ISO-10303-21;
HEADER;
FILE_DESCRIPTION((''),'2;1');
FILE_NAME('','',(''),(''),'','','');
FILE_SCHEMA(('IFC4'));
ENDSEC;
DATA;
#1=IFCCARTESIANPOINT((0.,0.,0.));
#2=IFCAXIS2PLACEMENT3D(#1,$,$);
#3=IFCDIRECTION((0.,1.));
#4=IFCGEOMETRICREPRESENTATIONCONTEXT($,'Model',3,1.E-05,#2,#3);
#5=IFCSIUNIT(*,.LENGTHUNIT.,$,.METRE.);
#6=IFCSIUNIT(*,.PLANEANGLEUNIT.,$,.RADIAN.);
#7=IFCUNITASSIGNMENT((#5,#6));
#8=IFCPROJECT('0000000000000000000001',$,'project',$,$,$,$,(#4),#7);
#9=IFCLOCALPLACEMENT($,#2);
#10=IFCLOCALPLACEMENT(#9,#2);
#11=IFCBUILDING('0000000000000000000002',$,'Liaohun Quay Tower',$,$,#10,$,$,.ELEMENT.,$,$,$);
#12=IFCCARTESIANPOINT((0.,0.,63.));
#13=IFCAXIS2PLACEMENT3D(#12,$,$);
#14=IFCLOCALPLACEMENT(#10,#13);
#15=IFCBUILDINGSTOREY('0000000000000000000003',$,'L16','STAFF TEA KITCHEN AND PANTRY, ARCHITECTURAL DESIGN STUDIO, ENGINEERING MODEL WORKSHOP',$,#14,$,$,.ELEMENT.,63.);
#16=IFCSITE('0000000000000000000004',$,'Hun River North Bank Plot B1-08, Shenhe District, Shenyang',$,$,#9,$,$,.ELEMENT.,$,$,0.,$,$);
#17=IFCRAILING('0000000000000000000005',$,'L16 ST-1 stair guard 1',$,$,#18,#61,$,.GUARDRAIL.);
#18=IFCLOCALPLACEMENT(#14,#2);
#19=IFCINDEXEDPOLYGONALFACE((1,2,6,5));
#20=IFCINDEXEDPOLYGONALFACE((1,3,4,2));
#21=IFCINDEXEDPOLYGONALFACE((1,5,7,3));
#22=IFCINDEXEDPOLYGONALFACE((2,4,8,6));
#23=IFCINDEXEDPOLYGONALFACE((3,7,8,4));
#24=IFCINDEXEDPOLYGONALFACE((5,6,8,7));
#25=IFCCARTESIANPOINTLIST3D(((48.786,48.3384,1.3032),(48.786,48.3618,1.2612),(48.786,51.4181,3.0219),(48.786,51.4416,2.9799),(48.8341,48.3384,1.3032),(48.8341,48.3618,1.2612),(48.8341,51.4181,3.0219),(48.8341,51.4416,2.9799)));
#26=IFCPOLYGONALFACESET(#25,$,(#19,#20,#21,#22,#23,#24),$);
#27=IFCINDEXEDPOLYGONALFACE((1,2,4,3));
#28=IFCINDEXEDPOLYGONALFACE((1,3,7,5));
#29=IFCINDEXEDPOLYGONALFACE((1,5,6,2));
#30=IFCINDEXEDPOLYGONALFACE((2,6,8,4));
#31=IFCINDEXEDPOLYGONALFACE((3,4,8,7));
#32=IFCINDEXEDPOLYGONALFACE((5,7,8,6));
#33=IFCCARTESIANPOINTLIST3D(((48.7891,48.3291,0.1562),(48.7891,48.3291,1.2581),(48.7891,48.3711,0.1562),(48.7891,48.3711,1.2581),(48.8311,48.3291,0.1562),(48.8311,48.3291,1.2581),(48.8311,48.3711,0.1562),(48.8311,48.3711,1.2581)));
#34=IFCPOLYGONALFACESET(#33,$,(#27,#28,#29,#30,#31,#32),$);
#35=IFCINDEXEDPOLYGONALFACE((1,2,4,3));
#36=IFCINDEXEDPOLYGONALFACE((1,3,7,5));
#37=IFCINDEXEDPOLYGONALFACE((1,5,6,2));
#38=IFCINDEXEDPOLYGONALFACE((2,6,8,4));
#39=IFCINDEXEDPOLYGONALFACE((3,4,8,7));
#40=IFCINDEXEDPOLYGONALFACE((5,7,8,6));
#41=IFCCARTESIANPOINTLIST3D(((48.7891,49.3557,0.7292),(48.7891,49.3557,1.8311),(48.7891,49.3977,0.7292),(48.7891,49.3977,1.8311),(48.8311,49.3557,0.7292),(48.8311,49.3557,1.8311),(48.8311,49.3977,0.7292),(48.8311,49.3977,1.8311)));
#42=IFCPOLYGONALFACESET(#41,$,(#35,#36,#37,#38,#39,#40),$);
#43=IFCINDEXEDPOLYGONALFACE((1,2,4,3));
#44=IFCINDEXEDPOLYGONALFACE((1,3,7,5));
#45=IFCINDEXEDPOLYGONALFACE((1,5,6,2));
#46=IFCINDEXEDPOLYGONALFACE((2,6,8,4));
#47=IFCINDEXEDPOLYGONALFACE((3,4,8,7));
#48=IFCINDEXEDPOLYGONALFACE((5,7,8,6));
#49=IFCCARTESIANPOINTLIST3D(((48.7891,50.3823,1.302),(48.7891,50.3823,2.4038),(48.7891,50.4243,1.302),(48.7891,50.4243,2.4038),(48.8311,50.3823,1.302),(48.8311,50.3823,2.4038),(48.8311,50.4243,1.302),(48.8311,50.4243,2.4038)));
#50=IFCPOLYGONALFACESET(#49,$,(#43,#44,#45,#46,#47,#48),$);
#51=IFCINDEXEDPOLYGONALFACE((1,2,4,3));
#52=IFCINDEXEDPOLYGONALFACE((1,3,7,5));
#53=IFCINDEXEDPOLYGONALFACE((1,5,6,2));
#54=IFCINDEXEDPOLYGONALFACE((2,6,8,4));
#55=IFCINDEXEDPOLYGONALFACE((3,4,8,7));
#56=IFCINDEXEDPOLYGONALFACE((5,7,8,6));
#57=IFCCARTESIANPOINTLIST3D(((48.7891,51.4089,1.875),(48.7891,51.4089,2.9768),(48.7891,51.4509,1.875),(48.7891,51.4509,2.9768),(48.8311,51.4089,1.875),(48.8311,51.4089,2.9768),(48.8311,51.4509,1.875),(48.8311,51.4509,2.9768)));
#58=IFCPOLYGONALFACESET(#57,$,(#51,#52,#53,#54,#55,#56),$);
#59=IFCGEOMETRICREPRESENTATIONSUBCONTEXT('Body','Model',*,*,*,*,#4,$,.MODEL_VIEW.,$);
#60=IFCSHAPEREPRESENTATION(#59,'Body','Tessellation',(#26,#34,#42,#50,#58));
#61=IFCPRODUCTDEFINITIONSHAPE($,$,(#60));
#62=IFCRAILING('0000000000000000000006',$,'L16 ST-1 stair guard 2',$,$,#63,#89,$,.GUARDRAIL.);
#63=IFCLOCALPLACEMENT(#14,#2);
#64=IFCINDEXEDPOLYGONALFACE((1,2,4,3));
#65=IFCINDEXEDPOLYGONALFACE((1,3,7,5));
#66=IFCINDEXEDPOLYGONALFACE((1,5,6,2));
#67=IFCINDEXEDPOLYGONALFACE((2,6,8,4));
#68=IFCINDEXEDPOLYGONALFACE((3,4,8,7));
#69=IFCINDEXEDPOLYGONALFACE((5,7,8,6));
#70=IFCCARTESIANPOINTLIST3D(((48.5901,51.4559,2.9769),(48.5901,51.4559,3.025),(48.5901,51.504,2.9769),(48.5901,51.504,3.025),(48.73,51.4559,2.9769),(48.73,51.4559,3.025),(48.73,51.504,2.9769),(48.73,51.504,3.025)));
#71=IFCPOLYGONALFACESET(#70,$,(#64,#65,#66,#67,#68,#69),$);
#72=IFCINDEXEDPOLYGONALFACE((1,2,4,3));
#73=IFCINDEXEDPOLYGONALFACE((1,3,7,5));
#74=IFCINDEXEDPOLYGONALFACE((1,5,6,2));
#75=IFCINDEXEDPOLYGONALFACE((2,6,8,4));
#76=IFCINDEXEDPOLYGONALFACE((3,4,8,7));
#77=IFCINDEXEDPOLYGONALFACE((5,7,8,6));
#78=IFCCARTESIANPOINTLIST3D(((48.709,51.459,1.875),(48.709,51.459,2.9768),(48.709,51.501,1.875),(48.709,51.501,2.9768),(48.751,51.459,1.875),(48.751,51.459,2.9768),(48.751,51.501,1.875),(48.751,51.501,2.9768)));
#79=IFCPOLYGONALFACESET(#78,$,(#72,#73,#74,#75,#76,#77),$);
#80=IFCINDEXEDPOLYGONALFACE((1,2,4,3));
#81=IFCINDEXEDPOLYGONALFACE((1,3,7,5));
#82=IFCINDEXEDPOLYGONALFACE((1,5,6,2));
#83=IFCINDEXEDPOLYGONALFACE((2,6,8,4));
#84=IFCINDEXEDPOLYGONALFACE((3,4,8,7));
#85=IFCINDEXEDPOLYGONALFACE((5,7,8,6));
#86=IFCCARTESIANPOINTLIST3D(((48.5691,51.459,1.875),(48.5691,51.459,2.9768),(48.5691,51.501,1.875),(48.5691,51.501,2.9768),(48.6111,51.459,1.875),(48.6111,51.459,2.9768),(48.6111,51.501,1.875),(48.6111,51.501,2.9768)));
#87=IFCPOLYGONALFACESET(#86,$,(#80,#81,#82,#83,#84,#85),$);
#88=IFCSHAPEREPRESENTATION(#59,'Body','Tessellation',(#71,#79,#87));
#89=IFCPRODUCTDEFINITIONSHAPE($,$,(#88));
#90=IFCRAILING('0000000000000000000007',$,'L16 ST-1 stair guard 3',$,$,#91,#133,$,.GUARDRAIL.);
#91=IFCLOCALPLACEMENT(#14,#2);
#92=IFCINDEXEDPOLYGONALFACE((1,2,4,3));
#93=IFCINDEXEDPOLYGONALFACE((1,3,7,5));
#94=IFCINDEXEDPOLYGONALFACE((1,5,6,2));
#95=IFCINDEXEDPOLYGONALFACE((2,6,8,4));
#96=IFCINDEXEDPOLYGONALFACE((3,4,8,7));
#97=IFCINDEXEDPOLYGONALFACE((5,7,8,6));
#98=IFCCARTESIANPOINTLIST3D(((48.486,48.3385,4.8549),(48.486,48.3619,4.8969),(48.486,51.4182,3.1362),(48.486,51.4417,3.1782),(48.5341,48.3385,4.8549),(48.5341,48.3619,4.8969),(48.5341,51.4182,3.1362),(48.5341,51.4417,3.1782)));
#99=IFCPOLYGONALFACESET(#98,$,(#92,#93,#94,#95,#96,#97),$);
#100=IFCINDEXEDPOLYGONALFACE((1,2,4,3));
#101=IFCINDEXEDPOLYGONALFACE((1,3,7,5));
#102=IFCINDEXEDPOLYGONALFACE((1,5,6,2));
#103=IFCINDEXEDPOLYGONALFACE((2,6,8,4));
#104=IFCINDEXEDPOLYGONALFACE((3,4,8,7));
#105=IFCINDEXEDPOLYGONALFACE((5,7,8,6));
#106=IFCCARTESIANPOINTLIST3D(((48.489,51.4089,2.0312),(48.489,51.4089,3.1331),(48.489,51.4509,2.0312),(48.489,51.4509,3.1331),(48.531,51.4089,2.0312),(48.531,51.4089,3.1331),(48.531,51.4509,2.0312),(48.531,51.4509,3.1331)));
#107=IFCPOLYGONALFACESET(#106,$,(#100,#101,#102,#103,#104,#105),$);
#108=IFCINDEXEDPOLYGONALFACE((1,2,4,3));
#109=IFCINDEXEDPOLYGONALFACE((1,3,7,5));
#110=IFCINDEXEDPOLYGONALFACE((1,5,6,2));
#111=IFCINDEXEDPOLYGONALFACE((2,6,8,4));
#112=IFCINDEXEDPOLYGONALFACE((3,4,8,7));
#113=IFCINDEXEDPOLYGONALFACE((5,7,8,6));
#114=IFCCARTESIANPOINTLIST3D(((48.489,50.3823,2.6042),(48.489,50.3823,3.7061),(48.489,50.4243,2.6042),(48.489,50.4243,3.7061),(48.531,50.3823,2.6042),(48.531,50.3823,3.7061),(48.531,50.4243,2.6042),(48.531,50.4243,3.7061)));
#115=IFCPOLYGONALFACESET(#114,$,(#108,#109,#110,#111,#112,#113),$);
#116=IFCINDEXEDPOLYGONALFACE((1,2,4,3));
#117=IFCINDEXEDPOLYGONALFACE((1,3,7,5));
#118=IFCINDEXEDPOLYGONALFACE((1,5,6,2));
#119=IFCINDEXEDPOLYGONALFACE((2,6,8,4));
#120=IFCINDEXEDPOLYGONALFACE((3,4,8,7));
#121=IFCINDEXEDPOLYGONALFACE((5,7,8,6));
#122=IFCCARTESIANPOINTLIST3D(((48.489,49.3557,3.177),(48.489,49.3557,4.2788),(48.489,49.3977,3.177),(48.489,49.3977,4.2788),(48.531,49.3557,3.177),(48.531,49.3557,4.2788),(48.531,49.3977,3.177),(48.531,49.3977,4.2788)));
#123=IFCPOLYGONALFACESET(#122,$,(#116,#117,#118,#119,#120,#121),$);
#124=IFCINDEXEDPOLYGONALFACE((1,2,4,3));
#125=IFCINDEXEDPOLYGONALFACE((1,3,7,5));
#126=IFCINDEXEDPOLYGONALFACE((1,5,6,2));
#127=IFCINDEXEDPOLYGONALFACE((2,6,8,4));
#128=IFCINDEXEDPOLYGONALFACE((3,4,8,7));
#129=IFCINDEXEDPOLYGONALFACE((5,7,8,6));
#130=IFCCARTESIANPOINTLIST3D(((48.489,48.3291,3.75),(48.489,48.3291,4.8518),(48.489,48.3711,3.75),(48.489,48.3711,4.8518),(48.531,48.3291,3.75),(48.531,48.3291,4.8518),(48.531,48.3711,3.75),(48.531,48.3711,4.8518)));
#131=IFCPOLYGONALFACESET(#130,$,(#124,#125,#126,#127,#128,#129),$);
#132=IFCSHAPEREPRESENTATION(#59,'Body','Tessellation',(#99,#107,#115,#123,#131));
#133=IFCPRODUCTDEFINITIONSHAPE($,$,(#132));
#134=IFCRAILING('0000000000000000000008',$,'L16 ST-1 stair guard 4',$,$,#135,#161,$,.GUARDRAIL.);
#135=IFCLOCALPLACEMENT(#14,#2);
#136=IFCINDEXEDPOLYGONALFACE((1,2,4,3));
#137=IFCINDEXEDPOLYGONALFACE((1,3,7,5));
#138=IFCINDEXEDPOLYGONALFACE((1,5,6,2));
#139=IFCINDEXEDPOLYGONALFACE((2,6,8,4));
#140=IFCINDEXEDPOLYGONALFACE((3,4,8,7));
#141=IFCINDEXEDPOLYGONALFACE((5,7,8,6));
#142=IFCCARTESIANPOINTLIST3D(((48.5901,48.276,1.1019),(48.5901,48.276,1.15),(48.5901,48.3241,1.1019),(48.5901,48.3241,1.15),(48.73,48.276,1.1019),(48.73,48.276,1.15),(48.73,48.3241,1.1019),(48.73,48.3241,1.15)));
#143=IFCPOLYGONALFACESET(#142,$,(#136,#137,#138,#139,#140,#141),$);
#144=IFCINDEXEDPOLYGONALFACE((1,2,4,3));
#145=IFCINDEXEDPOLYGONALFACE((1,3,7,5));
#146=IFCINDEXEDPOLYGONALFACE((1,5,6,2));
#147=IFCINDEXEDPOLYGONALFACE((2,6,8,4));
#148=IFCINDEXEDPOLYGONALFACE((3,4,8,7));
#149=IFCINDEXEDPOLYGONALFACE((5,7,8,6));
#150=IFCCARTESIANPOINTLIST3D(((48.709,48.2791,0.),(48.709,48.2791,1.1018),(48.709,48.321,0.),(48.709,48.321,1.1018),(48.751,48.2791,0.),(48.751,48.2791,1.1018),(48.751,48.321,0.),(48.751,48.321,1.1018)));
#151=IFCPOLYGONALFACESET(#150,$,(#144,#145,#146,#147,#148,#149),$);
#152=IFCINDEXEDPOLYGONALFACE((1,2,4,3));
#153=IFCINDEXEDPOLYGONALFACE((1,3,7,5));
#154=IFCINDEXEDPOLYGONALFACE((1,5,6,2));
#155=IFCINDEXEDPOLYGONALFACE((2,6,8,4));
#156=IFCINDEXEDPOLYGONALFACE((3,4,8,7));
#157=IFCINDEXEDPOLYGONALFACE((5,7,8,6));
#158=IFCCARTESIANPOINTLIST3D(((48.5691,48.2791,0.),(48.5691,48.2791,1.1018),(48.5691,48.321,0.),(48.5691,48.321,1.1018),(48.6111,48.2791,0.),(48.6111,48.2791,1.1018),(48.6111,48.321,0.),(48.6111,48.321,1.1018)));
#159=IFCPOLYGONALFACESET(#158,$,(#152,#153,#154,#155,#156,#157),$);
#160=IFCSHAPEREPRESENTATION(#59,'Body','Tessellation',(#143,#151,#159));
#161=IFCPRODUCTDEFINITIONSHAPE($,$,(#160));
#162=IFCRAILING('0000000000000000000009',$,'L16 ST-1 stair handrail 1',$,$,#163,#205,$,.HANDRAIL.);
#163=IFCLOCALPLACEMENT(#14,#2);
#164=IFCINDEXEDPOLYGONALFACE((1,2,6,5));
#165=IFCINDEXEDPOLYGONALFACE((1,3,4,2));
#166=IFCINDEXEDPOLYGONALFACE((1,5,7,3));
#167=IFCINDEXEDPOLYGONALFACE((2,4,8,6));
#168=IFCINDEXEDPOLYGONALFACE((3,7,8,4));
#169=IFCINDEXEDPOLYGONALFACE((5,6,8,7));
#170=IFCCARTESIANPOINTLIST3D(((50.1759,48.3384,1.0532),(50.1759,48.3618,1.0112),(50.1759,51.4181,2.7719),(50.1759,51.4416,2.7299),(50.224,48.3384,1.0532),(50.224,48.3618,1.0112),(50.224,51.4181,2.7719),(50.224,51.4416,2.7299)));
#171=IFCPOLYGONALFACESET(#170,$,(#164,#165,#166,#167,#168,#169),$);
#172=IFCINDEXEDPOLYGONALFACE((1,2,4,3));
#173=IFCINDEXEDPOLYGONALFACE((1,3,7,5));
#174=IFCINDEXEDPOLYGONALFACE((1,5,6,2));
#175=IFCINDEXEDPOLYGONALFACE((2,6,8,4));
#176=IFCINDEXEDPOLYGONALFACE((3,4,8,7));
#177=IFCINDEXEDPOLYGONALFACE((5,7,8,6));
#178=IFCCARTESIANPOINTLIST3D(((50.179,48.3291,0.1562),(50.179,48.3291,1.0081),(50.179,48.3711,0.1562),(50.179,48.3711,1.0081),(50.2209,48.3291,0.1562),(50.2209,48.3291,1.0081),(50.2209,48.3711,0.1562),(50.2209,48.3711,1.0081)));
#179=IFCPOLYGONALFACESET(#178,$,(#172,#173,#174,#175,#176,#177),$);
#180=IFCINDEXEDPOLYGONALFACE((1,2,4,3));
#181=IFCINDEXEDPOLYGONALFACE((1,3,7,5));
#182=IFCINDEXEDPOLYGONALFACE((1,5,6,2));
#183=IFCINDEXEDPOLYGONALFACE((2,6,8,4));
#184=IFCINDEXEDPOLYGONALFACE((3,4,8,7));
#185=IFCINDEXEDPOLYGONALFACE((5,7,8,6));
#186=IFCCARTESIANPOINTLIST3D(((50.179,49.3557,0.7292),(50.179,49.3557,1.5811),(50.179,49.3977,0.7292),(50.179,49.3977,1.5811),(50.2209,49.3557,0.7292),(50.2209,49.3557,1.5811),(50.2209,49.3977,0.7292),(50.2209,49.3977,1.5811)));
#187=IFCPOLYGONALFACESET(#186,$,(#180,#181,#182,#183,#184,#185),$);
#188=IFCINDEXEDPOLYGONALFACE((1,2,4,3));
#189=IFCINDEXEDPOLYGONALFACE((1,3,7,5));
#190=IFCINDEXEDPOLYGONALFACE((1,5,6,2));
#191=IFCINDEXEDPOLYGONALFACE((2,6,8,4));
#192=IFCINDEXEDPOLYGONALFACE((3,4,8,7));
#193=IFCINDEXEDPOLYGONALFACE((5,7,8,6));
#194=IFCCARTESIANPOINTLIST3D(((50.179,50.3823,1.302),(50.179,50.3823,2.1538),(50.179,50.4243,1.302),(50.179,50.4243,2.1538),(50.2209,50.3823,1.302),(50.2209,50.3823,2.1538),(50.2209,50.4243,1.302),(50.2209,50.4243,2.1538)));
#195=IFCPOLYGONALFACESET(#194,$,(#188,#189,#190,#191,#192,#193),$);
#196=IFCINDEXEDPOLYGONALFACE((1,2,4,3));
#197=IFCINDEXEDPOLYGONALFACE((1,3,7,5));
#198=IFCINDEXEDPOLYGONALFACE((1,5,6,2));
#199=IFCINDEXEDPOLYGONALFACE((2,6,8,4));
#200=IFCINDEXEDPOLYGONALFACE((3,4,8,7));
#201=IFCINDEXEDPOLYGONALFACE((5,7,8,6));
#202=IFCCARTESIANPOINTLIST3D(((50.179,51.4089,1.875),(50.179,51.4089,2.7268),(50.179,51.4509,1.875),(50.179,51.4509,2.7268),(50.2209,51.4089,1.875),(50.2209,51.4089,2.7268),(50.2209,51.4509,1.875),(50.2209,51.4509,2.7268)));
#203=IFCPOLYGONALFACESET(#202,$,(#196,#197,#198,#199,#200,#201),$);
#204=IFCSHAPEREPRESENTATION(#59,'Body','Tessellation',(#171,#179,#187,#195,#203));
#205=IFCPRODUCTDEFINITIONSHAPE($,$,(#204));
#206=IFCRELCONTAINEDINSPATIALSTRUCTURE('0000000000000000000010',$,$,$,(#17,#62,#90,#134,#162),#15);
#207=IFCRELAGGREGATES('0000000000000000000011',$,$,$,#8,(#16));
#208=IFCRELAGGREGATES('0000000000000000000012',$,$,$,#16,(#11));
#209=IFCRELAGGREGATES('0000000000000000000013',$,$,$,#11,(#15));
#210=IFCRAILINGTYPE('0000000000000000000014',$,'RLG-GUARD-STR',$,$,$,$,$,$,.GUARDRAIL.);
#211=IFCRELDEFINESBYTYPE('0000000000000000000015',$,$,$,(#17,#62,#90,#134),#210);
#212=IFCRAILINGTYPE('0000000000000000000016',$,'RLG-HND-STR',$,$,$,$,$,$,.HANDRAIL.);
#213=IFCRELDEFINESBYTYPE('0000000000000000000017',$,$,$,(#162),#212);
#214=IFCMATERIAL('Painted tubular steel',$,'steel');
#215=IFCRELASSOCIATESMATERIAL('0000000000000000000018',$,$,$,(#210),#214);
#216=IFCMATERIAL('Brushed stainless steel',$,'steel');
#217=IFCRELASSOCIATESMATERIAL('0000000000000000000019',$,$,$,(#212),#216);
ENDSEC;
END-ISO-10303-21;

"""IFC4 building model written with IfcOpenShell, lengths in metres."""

from ifc_helpers import new_model, si_unit, direction, frame, origin, origin_2d, place, context, subcontext, project, spatial, rectangle, extrude, material, type_object, element, save


model = new_model("IFC4")

# Units and contexts
model_context = context("Model", 3, precision=1e-05, world=origin(), true_north=direction((0.0, 1.0)))
body_context = subcontext(model_context, "Body", "Model", "MODEL_VIEW")
ifc_project = project(units=[si_unit("LENGTHUNIT", "METRE"), si_unit("PLANEANGLEUNIT", "RADIAN")], contexts=[model_context])

# Site, building, storey
site_placement = place(None, origin())
site = spatial("IfcSite", under=ifc_project, at=site_placement, Name="Hun River North Bank Plot B1-08, Shenhe District, Shenyang", CompositionType="ELEMENT", RefElevation=0.0)
building_placement = place(site_placement, origin())
building = spatial("IfcBuilding", under=site, at=building_placement, Name="Liaohun Quay Tower", CompositionType="ELEMENT")
storey_placement = place(building_placement, frame((0.0, 0.0, 63.0)))
storey = spatial("IfcBuildingStorey", under=building, at=storey_placement, Name="L16", Description="STAFF TEA KITCHEN AND PANTRY, ARCHITECTURAL DESIGN STUDIO, ENGINEERING MODEL WORKSHOP", CompositionType="ELEMENT", Elevation=63.0)

# Railings
ifc_material_1 = material(Name="Painted tubular steel", Category="steel")
railing_type_1 = type_object("IfcRailingType", Name="RLG-GUARD-STR", PredefinedType="GUARDRAIL", material=ifc_material_1)
railing_1_placement = place(storey_placement, frame((48.8101, 48.3501, 0.1562)))
element("IfcRailing", 1, at=railing_1_placement, inside=storey, type_object=railing_type_1, Name="L16 ST-1 stair guard 1", PredefinedType="GUARDRAIL", context=body_context, shape_type="SweptSolid", body=[
    extrude(rectangle(XDim=0.0481, YDim=0.0481, at=origin_2d()), frame((0.0, 0.0, 1.126), z_axis=(0.0, 0.873225, 0.487317), x_axis=(-1.0, 0.0, 0.0)), (0.0, 0.0, 1.0), 3.5269),
    extrude(rectangle(XDim=0.042, YDim=0.042, at=origin_2d()), origin(), (0.0, 0.0, 1.0), 1.1018),
    extrude(rectangle(XDim=0.042, YDim=0.042, at=origin_2d()), frame((0.0, 1.0266, 0.573)), (0.0, 0.0, 1.0), 1.1018),
    extrude(rectangle(XDim=0.042, YDim=0.042, at=origin_2d()), frame((0.0, 2.0532, 1.1458)), (0.0, 0.0, 1.0), 1.1018),
    extrude(rectangle(XDim=0.042, YDim=0.042, at=origin_2d()), frame((0.0, 3.0798, 1.7188)), (0.0, 0.0, 1.0), 1.1018),
])
railing_2_placement = place(storey_placement, frame((48.73, 51.48, 1.875)))
element("IfcRailing", 2, at=railing_2_placement, inside=storey, type_object=railing_type_1, Name="L16 ST-1 stair guard 2", PredefinedType="GUARDRAIL", context=body_context, shape_type="SweptSolid", body=[
    extrude(rectangle(XDim=0.0481, YDim=0.0481, at=origin_2d()), frame((0.0, 0.0, 1.126), z_axis=(-1.0, 0.0, 0.0), x_axis=(0.0, -1.0, 0.0)), (0.0, 0.0, 1.0), 0.1399),
    extrude(rectangle(XDim=0.042, YDim=0.042, at=origin_2d()), origin(), (0.0, 0.0, 1.0), 1.1018),
    extrude(rectangle(XDim=0.042, YDim=0.042, at=origin_2d()), frame((-0.1399, 0.0, 0.0)), (0.0, 0.0, 1.0), 1.1018),
])
railing_3_placement = place(storey_placement, frame((48.51, 51.4299, 2.0312)))
element("IfcRailing", 3, at=railing_3_placement, inside=storey, type_object=railing_type_1, Name="L16 ST-1 stair guard 3", PredefinedType="GUARDRAIL", context=body_context, shape_type="SweptSolid", body=[
    extrude(rectangle(XDim=0.0481, YDim=0.0481, at=origin_2d()), frame((0.0, 0.0, 1.126), z_axis=(0.0, -0.873225, 0.487317), x_axis=(1.0, 0.0, 0.0)), (0.0, 0.0, 1.0), 3.5269),
    extrude(rectangle(XDim=0.042, YDim=0.042, at=origin_2d()), origin(), (0.0, 0.0, 1.0), 1.1018),
    extrude(rectangle(XDim=0.042, YDim=0.042, at=origin_2d()), frame((0.0, -1.0266, 0.573)), (0.0, 0.0, 1.0), 1.1018),
    extrude(rectangle(XDim=0.042, YDim=0.042, at=origin_2d()), frame((0.0, -2.0532, 1.1458)), (0.0, 0.0, 1.0), 1.1018),
    extrude(rectangle(XDim=0.042, YDim=0.042, at=origin_2d()), frame((0.0, -3.0798, 1.7188)), (0.0, 0.0, 1.0), 1.1018),
])
railing_4_placement = place(storey_placement, frame((48.73, 48.3, 0.0)))
element("IfcRailing", 4, at=railing_4_placement, inside=storey, type_object=railing_type_1, Name="L16 ST-1 stair guard 4", PredefinedType="GUARDRAIL", context=body_context, shape_type="SweptSolid", body=[
    extrude(rectangle(XDim=0.0481, YDim=0.0481, at=origin_2d()), frame((0.0, 0.0, 1.126), z_axis=(-1.0, 0.0, 0.0), x_axis=(0.0, -1.0, 0.0)), (0.0, 0.0, 1.0), 0.1399),
    extrude(rectangle(XDim=0.042, YDim=0.042, at=origin_2d()), origin(), (0.0, 0.0, 1.0), 1.1018),
    extrude(rectangle(XDim=0.042, YDim=0.042, at=origin_2d()), frame((-0.1399, 0.0, 0.0)), (0.0, 0.0, 1.0), 1.1018),
])
ifc_material_2 = material(Name="Brushed stainless steel", Category="steel")
railing_type_2 = type_object("IfcRailingType", Name="RLG-HND-STR", PredefinedType="HANDRAIL", material=ifc_material_2)
railing_5_placement = place(storey_placement, frame((50.2, 48.3501, 0.1562)))
element("IfcRailing", 5, at=railing_5_placement, inside=storey, type_object=railing_type_2, Name="L16 ST-1 stair handrail 1", PredefinedType="HANDRAIL", context=body_context, shape_type="SweptSolid", body=[
    extrude(rectangle(XDim=0.0481, YDim=0.0481, at=origin_2d()), frame((0.0, 0.0, 0.876), z_axis=(0.0, 0.873225, 0.487317), x_axis=(-1.0, 0.0, 0.0)), (0.0, 0.0, 1.0), 3.5269),
    extrude(rectangle(XDim=0.042, YDim=0.042, at=origin_2d()), origin(), (0.0, 0.0, 1.0), 0.8518),
    extrude(rectangle(XDim=0.042, YDim=0.042, at=origin_2d()), frame((0.0, 1.0266, 0.573)), (0.0, 0.0, 1.0), 0.8518),
    extrude(rectangle(XDim=0.042, YDim=0.042, at=origin_2d()), frame((0.0, 2.0532, 1.1458)), (0.0, 0.0, 1.0), 0.8518),
    extrude(rectangle(XDim=0.042, YDim=0.042, at=origin_2d()), frame((0.0, 3.0798, 1.7188)), (0.0, 0.0, 1.0), 0.8518),
])

save(model, "model.ifc")
